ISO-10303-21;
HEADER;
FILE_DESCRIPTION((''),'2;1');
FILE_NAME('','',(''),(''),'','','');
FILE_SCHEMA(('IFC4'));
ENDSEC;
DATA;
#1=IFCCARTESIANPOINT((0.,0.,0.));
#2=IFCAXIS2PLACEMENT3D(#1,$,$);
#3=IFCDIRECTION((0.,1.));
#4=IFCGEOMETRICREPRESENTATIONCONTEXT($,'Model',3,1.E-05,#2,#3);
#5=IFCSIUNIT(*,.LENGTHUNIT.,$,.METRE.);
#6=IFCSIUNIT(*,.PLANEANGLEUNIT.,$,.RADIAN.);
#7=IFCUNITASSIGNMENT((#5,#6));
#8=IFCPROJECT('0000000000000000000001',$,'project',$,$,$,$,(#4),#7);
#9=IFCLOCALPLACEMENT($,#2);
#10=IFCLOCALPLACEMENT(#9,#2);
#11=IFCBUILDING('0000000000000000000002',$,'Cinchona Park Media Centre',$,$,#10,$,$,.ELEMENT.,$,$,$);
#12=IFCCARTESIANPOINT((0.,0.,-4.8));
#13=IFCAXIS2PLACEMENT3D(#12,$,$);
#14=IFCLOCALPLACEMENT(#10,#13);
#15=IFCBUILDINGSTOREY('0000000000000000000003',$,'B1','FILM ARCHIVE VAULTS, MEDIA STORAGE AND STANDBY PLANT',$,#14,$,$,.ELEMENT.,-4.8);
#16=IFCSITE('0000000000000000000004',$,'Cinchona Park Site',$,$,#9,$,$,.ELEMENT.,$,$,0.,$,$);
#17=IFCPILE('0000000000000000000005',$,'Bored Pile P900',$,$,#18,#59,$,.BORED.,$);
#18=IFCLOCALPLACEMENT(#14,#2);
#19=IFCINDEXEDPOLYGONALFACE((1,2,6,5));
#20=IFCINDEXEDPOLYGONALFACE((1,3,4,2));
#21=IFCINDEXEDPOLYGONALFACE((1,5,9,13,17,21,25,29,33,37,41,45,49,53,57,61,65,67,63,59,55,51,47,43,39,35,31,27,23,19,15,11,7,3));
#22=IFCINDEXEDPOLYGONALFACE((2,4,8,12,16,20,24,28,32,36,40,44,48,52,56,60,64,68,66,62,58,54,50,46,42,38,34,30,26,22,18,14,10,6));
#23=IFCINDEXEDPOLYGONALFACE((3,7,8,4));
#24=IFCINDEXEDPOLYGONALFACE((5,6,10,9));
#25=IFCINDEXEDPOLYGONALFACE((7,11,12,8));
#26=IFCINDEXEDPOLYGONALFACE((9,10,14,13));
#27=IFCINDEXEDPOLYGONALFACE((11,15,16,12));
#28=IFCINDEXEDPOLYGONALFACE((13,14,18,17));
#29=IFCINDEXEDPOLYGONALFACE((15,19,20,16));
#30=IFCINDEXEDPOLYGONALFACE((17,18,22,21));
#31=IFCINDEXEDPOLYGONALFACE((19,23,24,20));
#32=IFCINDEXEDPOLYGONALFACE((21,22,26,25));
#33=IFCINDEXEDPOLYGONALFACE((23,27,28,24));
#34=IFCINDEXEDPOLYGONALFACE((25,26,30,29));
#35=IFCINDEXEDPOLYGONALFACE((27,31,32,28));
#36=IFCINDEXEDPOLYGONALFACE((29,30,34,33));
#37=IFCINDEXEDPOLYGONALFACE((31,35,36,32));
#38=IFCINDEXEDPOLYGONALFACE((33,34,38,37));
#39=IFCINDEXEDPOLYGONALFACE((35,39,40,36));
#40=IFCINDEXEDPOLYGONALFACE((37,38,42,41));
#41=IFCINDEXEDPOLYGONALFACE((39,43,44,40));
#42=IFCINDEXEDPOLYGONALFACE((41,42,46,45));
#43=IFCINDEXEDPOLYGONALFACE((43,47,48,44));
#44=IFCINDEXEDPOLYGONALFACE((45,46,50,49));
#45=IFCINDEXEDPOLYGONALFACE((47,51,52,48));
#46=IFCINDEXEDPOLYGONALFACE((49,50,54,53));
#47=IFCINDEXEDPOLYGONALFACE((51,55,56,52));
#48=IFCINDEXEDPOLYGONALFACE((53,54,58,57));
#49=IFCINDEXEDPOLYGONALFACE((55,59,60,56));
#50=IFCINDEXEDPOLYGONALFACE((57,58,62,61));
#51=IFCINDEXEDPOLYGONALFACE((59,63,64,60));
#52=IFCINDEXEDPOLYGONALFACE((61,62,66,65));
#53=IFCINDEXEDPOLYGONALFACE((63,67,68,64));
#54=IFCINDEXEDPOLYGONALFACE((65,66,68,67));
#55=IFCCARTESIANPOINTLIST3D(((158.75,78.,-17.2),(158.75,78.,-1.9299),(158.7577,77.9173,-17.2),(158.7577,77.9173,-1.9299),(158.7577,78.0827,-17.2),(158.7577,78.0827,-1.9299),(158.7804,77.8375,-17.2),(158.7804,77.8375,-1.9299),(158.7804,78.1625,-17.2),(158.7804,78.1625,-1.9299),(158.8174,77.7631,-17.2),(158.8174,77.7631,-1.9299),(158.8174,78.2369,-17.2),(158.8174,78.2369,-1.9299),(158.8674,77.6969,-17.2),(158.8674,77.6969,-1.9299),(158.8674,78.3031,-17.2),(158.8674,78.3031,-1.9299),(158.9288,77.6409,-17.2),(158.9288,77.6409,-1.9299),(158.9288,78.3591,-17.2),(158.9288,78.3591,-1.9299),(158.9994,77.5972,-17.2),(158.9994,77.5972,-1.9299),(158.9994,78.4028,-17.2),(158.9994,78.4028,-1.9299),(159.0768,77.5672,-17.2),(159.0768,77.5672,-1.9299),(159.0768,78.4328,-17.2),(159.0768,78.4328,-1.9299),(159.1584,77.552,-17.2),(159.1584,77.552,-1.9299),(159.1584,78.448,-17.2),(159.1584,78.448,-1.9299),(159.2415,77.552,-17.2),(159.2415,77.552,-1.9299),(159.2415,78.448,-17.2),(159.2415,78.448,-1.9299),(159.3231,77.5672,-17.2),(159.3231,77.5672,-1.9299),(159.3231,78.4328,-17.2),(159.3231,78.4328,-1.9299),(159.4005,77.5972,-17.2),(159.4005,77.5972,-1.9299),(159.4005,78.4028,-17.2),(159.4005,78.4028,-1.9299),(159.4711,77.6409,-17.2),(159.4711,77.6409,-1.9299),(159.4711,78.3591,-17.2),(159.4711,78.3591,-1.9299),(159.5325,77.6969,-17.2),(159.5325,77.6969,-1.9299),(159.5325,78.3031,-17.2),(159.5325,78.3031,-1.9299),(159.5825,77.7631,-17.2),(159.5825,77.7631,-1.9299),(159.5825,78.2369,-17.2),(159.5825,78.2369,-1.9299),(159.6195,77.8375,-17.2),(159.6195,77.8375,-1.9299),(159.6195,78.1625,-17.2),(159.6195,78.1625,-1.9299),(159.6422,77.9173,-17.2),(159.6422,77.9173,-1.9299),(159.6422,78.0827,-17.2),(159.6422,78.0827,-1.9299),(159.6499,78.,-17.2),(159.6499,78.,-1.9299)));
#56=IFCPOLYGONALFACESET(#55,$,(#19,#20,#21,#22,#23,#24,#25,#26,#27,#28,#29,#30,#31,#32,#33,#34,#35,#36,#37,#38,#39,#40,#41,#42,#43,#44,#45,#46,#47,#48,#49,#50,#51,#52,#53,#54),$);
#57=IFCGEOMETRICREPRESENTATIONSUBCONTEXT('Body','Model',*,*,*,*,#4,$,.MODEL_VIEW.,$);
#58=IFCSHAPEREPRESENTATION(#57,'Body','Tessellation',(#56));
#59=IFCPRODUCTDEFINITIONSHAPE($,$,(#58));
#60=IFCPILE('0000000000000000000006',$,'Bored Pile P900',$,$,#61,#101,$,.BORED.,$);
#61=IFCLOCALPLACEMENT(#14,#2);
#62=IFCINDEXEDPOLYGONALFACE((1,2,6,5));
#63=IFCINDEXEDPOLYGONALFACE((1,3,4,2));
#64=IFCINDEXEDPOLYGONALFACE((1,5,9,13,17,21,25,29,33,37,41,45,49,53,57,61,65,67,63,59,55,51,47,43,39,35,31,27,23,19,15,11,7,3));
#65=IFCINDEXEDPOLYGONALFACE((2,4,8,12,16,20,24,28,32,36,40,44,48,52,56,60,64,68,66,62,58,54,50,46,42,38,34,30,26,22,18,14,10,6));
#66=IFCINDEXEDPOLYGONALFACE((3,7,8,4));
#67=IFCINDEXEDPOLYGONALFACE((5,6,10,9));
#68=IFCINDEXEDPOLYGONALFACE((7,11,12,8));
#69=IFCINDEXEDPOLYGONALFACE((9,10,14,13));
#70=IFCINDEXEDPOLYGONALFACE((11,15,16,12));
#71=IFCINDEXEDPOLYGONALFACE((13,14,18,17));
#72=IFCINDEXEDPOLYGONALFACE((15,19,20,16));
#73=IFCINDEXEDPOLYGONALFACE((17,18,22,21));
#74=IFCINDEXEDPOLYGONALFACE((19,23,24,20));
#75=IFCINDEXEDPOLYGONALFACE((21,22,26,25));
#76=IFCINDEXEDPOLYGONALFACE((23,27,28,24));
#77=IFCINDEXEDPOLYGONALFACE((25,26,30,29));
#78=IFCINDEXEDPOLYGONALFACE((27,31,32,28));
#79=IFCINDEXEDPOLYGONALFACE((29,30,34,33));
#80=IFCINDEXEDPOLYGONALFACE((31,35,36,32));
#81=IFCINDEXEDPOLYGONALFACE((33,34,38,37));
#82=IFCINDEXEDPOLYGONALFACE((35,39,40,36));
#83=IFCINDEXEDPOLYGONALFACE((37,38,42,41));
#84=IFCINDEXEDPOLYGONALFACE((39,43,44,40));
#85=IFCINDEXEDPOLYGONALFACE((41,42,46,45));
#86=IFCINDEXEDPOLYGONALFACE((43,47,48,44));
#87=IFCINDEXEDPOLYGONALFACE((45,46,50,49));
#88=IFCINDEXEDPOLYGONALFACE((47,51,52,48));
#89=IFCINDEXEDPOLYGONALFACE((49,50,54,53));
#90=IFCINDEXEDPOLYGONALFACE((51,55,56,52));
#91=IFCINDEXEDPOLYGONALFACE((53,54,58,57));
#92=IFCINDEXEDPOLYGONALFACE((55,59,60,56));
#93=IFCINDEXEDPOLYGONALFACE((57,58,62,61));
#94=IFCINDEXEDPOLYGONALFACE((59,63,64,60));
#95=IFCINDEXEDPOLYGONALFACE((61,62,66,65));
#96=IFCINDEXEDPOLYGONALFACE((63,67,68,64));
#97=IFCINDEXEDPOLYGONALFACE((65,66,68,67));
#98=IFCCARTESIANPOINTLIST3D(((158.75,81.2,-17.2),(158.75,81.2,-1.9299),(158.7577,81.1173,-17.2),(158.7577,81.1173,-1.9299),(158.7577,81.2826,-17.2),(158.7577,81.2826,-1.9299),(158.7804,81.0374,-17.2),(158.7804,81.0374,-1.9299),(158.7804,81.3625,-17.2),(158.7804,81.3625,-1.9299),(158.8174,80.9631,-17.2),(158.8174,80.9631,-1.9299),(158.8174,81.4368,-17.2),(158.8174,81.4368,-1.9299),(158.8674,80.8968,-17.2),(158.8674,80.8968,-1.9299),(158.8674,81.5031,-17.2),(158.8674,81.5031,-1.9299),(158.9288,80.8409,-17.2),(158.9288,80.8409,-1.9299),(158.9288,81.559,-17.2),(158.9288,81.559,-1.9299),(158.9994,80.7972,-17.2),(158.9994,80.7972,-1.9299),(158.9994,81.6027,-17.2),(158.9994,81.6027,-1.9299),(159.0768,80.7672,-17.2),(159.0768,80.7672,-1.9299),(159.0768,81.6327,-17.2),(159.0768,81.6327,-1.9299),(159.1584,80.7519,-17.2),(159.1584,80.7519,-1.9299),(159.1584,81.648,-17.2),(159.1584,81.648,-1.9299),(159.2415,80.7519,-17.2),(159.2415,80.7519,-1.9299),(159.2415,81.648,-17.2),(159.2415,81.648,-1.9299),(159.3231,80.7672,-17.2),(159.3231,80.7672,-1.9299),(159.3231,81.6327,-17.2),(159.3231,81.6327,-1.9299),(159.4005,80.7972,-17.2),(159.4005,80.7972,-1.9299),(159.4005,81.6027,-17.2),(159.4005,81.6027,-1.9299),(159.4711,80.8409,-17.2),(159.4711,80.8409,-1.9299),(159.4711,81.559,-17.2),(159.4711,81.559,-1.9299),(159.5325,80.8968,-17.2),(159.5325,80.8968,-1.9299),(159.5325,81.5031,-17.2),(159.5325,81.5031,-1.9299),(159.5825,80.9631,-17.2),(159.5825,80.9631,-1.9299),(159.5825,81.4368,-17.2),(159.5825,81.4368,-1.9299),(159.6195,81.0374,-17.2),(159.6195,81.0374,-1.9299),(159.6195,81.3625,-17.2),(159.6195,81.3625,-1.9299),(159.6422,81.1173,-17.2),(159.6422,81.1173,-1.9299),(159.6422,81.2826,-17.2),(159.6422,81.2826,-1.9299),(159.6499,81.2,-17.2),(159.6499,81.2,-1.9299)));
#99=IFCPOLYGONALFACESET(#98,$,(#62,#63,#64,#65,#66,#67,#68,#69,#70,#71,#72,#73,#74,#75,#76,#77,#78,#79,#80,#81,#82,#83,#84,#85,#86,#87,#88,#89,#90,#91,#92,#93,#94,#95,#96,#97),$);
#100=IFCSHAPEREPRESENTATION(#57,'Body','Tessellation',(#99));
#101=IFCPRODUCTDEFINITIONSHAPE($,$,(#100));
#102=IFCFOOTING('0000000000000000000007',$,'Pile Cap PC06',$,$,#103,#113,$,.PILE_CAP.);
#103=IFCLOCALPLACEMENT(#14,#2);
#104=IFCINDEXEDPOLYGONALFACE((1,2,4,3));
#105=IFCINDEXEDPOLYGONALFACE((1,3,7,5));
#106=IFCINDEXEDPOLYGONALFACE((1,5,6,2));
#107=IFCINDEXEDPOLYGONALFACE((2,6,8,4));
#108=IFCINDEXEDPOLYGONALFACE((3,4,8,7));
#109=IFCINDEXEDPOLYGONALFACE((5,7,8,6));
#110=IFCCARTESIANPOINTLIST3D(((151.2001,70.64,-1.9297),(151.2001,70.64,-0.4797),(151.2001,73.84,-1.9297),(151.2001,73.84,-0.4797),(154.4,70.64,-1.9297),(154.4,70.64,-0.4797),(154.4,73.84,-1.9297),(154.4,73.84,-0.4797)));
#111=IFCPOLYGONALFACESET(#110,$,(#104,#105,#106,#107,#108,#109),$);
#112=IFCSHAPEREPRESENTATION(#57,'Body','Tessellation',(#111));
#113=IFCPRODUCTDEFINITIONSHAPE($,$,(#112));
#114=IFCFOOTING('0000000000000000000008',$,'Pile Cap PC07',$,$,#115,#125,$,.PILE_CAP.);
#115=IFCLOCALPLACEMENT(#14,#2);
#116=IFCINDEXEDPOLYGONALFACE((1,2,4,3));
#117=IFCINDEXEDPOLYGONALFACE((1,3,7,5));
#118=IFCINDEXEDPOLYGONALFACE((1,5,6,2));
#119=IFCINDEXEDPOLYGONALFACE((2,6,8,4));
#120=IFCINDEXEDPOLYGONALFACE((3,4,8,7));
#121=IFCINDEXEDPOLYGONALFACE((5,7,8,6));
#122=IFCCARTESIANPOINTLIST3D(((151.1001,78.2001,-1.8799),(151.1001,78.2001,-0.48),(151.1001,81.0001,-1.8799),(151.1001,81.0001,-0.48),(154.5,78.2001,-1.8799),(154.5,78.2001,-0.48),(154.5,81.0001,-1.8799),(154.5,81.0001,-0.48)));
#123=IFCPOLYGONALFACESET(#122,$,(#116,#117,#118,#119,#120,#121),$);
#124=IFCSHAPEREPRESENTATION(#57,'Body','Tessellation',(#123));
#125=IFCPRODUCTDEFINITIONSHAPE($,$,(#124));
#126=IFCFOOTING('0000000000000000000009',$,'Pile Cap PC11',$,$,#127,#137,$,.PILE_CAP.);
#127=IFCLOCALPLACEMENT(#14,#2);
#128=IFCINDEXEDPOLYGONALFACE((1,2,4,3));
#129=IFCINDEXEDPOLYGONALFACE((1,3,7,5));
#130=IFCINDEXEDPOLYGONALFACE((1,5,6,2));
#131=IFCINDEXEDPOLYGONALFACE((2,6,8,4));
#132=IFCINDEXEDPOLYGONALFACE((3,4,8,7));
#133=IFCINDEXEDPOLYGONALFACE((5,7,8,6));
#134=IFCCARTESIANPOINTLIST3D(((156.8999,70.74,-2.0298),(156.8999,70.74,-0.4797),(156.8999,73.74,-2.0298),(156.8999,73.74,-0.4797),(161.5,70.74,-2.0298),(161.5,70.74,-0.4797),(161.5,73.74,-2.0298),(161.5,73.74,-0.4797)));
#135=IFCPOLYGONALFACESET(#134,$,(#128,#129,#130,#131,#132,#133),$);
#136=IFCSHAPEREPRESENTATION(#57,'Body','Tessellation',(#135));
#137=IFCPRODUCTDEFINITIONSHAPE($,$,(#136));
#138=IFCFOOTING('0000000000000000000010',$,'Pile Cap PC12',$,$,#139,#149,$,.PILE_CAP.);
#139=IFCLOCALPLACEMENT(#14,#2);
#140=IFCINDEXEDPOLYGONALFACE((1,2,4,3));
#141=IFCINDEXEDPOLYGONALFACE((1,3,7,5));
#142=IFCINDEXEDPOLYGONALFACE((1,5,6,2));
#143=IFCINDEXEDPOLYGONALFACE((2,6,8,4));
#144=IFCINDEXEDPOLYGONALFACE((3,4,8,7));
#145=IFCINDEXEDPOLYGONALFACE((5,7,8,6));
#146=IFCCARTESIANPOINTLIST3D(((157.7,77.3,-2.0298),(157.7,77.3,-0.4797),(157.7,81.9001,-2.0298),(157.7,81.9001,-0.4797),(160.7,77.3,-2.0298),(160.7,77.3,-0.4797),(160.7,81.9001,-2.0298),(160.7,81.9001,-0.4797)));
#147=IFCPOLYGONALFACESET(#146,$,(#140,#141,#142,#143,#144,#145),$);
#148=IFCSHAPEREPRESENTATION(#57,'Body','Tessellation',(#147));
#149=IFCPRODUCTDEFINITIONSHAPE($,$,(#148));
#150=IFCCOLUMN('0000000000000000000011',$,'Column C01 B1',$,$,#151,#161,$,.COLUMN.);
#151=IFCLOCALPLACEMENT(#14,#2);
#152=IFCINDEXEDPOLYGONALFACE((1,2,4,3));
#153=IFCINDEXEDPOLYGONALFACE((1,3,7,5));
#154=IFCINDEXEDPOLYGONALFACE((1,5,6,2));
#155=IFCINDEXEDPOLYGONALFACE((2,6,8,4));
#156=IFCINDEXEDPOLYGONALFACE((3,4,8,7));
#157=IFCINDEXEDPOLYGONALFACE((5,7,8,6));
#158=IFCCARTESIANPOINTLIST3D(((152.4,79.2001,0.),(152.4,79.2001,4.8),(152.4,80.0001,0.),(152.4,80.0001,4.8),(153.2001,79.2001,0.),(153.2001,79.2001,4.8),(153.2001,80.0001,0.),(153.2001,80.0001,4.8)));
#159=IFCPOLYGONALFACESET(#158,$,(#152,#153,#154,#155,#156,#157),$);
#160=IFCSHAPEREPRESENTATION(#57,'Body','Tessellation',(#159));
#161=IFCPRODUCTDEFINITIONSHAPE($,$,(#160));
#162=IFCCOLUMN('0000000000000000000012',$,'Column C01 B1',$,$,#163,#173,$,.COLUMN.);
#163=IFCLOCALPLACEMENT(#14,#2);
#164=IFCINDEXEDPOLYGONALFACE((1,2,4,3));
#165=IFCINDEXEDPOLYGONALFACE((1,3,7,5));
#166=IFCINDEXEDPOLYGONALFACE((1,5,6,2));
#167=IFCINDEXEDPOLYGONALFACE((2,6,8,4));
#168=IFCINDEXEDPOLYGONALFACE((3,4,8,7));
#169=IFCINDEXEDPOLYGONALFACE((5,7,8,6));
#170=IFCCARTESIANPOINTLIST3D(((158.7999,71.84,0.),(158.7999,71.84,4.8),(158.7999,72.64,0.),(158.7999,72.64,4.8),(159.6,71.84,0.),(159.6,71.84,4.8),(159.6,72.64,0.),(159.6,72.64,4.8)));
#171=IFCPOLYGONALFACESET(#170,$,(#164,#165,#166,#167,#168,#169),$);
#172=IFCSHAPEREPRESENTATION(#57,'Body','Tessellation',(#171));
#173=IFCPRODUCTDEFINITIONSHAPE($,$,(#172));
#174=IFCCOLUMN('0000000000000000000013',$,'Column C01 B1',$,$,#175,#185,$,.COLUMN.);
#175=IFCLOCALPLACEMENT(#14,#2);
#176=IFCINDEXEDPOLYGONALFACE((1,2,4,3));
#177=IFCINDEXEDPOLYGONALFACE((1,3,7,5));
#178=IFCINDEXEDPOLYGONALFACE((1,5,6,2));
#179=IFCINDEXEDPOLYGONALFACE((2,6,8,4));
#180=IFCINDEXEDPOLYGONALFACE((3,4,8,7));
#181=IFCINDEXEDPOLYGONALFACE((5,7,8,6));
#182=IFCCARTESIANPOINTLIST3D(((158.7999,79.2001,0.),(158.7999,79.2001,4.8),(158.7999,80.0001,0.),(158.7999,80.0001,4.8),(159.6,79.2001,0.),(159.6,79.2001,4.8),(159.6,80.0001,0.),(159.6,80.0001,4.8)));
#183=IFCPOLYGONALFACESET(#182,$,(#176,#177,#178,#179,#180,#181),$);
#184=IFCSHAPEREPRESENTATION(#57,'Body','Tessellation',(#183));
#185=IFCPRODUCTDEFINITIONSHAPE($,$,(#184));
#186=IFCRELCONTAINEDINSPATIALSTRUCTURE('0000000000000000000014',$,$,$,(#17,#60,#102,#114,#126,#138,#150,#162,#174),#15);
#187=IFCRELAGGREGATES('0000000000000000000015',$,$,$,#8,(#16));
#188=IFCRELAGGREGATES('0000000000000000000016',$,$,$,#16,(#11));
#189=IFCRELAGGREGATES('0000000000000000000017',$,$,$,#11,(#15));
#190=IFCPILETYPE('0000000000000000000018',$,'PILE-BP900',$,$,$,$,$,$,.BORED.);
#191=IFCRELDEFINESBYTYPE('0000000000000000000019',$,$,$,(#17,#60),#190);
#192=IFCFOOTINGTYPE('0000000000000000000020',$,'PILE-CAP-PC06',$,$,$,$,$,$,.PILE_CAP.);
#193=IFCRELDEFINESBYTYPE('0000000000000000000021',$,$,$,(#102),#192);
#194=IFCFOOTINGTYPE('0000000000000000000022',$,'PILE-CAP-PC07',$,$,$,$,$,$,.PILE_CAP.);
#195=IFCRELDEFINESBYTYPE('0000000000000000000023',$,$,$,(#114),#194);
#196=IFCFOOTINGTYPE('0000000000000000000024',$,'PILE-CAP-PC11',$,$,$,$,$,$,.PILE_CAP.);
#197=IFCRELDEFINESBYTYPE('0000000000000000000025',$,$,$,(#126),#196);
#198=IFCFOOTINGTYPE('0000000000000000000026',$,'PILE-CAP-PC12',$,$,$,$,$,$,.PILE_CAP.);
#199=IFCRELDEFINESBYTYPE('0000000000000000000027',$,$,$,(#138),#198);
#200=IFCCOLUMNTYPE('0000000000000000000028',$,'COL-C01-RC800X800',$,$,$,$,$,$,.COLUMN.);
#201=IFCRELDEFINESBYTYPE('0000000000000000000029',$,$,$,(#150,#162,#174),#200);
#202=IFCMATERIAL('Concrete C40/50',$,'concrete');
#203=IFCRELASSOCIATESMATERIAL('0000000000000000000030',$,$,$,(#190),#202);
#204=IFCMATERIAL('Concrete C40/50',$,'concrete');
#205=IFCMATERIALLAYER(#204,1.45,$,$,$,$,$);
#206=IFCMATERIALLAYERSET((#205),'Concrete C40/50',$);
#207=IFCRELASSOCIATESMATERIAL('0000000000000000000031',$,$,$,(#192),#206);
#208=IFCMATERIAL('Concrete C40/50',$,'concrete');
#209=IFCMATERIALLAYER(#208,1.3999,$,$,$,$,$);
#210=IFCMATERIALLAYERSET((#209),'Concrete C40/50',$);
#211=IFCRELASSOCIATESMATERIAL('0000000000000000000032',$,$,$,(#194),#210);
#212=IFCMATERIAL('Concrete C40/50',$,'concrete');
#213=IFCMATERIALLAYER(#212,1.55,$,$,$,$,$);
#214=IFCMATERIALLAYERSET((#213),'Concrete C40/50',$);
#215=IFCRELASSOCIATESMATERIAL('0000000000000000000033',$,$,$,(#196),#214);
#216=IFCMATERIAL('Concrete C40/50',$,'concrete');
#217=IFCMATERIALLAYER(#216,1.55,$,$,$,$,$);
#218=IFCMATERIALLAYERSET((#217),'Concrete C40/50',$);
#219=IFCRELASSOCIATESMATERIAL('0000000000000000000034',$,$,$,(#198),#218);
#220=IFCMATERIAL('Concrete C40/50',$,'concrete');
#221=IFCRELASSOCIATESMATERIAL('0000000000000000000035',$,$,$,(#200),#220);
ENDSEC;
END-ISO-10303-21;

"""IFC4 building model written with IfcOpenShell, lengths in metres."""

from ifc_helpers import new_model, si_unit, direction, frame, origin, origin_2d, place, context, subcontext, project, spatial, rectangle, circle, extrude, material, layer, layer_set, material_profile, profile_set, type_object, element, save


model = new_model("IFC4")

# Units and contexts
model_context = context("Model", 3, precision=1e-05, world=origin(), true_north=direction((0.0, 1.0)))
body_context = subcontext(model_context, "Body", "Model", "MODEL_VIEW")
ifc_project = project(units=[si_unit("LENGTHUNIT", "METRE"), si_unit("PLANEANGLEUNIT", "RADIAN")], contexts=[model_context])

# Site, building, storey
site_placement = place(None, origin())
site = spatial("IfcSite", under=ifc_project, at=site_placement, Name="Cinchona Park Site", CompositionType="ELEMENT", RefElevation=0.0)
building_placement = place(site_placement, origin())
building = spatial("IfcBuilding", under=site, at=building_placement, Name="Cinchona Park Media Centre", CompositionType="ELEMENT")
storey_placement = place(building_placement, frame((0.0, 0.0, -4.8)))
storey = spatial("IfcBuildingStorey", under=building, at=storey_placement, Name="B1", Description="FILM ARCHIVE VAULTS, MEDIA STORAGE AND STANDBY PLANT", CompositionType="ELEMENT", Elevation=-4.8)

# Piles
ifc_material_1 = material(Name="Concrete C40/50", Category="concrete")
ifc_material_profile_1 = material_profile(ifc_material_1, circle(Radius=0.45, at=origin_2d()), Name="BORED PILE 900")
ifc_profile_set_1 = profile_set([ifc_material_profile_1], Name="Concrete C40/50")
pile_type_1 = type_object("IfcPileType", Name="PILE-BP900", PredefinedType="BORED", material=ifc_profile_set_1)
for number, where, z_axis, x_axis, name in (
    (1, (159.2, 78.0, -1.9299), (0.0, 0.0, -1.0), (1.0, 0.0, 0.0), "Bored Pile P900"),
    (2, (159.2, 81.2, -1.9299), (0.0, 0.0, -1.0), (1.0, 0.0, 0.0), "Bored Pile P900"),
):
    element("IfcPile", number, at=place(storey_placement, frame(where, z_axis=z_axis, x_axis=x_axis)), inside=storey, type_object=pile_type_1, Name=name, PredefinedType="BORED", context=body_context, shape_type="SweptSolid", body=[
        extrude(circle(Radius=0.45, at=origin_2d()), origin(), (0.0, 0.0, 1.0), 15.27),
    ])

# Footings
ifc_material_2 = material(Name="Concrete C40/50", Category="concrete")
ifc_layer_1 = layer(ifc_material_2, 1.45)
ifc_layer_set_1 = layer_set([ifc_layer_1], Name="Concrete C40/50")
footing_type_1 = type_object("IfcFootingType", Name="PILE-CAP-PC06", PredefinedType="PILE_CAP", material=ifc_layer_set_1)
footing_1_placement = place(storey_placement, frame((152.8, 72.24, -1.9297), z_axis=(0.0, 0.0, 1.0), x_axis=(1.0, 0.0, 0.0)))
element("IfcFooting", 3, at=footing_1_placement, inside=storey, type_object=footing_type_1, Name="Pile Cap PC06", PredefinedType="PILE_CAP", context=body_context, shape_type="SweptSolid", body=[
    extrude(rectangle(XDim=3.2, YDim=3.2, at=origin_2d()), origin(), (0.0, 0.0, 1.0), 1.45),
])
ifc_material_3 = material(Name="Concrete C40/50", Category="concrete")
ifc_layer_2 = layer(ifc_material_3, 1.3999)
ifc_layer_set_2 = layer_set([ifc_layer_2], Name="Concrete C40/50")
footing_type_2 = type_object("IfcFootingType", Name="PILE-CAP-PC07", PredefinedType="PILE_CAP", material=ifc_layer_set_2)
footing_2_placement = place(storey_placement, frame((152.8, 79.6001, -1.8799), z_axis=(0.0, 0.0, 1.0), x_axis=(1.0, 0.0, 0.0)))
element("IfcFooting", 4, at=footing_2_placement, inside=storey, type_object=footing_type_2, Name="Pile Cap PC07", PredefinedType="PILE_CAP", context=body_context, shape_type="SweptSolid", body=[
    extrude(rectangle(XDim=3.3999, YDim=2.8, at=origin_2d()), origin(), (0.0, 0.0, 1.0), 1.3999),
])
ifc_material_4 = material(Name="Concrete C40/50", Category="concrete")
ifc_layer_3 = layer(ifc_material_4, 1.55)
ifc_layer_set_3 = layer_set([ifc_layer_3], Name="Concrete C40/50")
footing_type_3 = type_object("IfcFootingType", Name="PILE-CAP-PC11", PredefinedType="PILE_CAP", material=ifc_layer_set_3)
footing_3_placement = place(storey_placement, frame((159.2, 72.24, -2.0298), z_axis=(0.0, 0.0, 1.0), x_axis=(1.0, 0.0, 0.0)))
element("IfcFooting", 5, at=footing_3_placement, inside=storey, type_object=footing_type_3, Name="Pile Cap PC11", PredefinedType="PILE_CAP", context=body_context, shape_type="SweptSolid", body=[
    extrude(rectangle(XDim=4.6001, YDim=3.0, at=origin_2d()), origin(), (0.0, 0.0, 1.0), 1.55),
])
ifc_material_5 = material(Name="Concrete C40/50", Category="concrete")
ifc_layer_4 = layer(ifc_material_5, 1.55)
ifc_layer_set_4 = layer_set([ifc_layer_4], Name="Concrete C40/50")
footing_type_4 = type_object("IfcFootingType", Name="PILE-CAP-PC12", PredefinedType="PILE_CAP", material=ifc_layer_set_4)
footing_4_placement = place(storey_placement, frame((159.2, 79.6001, -2.0298), z_axis=(0.0, 0.0, 1.0), x_axis=(1.0, 0.0, 0.0)))
element("IfcFooting", 6, at=footing_4_placement, inside=storey, type_object=footing_type_4, Name="Pile Cap PC12", PredefinedType="PILE_CAP", context=body_context, shape_type="SweptSolid", body=[
    extrude(rectangle(XDim=3.0, YDim=4.6001, at=origin_2d()), origin(), (0.0, 0.0, 1.0), 1.55),
])

# Columns
ifc_material_6 = material(Name="Concrete C40/50", Category="concrete")
ifc_material_profile_2 = material_profile(ifc_material_6, rectangle(XDim=0.8, YDim=0.8, at=origin_2d()), Name="RC 800X800")
ifc_profile_set_2 = profile_set([ifc_material_profile_2], Name="Concrete C40/50")
column_type = type_object("IfcColumnType", Name="COL-C01-RC800X800", PredefinedType="COLUMN", material=ifc_profile_set_2)
for number, where, z_axis, x_axis, name in (
    (7, (152.8, 79.6001, 0.0), (0.0, 0.0, 1.0), (1.0, 0.0, 0.0), "Column C01 B1"),
    (8, (159.2, 72.24, 0.0), (0.0, 0.0, 1.0), (1.0, 0.0, 0.0), "Column C01 B1"),
    (9, (159.2, 79.6001, 0.0), (0.0, 0.0, 1.0), (1.0, 0.0, 0.0), "Column C01 B1"),
):
    element("IfcColumn", number, at=place(storey_placement, frame(where, z_axis=z_axis, x_axis=x_axis)), inside=storey, type_object=column_type, Name=name, PredefinedType="COLUMN", context=body_context, shape_type="SweptSolid", body=[
        extrude(rectangle(XDim=0.8, YDim=0.8, at=origin_2d()), origin(), (0.0, 0.0, 1.0), 4.8),
    ])

save(model, "model.ifc")
